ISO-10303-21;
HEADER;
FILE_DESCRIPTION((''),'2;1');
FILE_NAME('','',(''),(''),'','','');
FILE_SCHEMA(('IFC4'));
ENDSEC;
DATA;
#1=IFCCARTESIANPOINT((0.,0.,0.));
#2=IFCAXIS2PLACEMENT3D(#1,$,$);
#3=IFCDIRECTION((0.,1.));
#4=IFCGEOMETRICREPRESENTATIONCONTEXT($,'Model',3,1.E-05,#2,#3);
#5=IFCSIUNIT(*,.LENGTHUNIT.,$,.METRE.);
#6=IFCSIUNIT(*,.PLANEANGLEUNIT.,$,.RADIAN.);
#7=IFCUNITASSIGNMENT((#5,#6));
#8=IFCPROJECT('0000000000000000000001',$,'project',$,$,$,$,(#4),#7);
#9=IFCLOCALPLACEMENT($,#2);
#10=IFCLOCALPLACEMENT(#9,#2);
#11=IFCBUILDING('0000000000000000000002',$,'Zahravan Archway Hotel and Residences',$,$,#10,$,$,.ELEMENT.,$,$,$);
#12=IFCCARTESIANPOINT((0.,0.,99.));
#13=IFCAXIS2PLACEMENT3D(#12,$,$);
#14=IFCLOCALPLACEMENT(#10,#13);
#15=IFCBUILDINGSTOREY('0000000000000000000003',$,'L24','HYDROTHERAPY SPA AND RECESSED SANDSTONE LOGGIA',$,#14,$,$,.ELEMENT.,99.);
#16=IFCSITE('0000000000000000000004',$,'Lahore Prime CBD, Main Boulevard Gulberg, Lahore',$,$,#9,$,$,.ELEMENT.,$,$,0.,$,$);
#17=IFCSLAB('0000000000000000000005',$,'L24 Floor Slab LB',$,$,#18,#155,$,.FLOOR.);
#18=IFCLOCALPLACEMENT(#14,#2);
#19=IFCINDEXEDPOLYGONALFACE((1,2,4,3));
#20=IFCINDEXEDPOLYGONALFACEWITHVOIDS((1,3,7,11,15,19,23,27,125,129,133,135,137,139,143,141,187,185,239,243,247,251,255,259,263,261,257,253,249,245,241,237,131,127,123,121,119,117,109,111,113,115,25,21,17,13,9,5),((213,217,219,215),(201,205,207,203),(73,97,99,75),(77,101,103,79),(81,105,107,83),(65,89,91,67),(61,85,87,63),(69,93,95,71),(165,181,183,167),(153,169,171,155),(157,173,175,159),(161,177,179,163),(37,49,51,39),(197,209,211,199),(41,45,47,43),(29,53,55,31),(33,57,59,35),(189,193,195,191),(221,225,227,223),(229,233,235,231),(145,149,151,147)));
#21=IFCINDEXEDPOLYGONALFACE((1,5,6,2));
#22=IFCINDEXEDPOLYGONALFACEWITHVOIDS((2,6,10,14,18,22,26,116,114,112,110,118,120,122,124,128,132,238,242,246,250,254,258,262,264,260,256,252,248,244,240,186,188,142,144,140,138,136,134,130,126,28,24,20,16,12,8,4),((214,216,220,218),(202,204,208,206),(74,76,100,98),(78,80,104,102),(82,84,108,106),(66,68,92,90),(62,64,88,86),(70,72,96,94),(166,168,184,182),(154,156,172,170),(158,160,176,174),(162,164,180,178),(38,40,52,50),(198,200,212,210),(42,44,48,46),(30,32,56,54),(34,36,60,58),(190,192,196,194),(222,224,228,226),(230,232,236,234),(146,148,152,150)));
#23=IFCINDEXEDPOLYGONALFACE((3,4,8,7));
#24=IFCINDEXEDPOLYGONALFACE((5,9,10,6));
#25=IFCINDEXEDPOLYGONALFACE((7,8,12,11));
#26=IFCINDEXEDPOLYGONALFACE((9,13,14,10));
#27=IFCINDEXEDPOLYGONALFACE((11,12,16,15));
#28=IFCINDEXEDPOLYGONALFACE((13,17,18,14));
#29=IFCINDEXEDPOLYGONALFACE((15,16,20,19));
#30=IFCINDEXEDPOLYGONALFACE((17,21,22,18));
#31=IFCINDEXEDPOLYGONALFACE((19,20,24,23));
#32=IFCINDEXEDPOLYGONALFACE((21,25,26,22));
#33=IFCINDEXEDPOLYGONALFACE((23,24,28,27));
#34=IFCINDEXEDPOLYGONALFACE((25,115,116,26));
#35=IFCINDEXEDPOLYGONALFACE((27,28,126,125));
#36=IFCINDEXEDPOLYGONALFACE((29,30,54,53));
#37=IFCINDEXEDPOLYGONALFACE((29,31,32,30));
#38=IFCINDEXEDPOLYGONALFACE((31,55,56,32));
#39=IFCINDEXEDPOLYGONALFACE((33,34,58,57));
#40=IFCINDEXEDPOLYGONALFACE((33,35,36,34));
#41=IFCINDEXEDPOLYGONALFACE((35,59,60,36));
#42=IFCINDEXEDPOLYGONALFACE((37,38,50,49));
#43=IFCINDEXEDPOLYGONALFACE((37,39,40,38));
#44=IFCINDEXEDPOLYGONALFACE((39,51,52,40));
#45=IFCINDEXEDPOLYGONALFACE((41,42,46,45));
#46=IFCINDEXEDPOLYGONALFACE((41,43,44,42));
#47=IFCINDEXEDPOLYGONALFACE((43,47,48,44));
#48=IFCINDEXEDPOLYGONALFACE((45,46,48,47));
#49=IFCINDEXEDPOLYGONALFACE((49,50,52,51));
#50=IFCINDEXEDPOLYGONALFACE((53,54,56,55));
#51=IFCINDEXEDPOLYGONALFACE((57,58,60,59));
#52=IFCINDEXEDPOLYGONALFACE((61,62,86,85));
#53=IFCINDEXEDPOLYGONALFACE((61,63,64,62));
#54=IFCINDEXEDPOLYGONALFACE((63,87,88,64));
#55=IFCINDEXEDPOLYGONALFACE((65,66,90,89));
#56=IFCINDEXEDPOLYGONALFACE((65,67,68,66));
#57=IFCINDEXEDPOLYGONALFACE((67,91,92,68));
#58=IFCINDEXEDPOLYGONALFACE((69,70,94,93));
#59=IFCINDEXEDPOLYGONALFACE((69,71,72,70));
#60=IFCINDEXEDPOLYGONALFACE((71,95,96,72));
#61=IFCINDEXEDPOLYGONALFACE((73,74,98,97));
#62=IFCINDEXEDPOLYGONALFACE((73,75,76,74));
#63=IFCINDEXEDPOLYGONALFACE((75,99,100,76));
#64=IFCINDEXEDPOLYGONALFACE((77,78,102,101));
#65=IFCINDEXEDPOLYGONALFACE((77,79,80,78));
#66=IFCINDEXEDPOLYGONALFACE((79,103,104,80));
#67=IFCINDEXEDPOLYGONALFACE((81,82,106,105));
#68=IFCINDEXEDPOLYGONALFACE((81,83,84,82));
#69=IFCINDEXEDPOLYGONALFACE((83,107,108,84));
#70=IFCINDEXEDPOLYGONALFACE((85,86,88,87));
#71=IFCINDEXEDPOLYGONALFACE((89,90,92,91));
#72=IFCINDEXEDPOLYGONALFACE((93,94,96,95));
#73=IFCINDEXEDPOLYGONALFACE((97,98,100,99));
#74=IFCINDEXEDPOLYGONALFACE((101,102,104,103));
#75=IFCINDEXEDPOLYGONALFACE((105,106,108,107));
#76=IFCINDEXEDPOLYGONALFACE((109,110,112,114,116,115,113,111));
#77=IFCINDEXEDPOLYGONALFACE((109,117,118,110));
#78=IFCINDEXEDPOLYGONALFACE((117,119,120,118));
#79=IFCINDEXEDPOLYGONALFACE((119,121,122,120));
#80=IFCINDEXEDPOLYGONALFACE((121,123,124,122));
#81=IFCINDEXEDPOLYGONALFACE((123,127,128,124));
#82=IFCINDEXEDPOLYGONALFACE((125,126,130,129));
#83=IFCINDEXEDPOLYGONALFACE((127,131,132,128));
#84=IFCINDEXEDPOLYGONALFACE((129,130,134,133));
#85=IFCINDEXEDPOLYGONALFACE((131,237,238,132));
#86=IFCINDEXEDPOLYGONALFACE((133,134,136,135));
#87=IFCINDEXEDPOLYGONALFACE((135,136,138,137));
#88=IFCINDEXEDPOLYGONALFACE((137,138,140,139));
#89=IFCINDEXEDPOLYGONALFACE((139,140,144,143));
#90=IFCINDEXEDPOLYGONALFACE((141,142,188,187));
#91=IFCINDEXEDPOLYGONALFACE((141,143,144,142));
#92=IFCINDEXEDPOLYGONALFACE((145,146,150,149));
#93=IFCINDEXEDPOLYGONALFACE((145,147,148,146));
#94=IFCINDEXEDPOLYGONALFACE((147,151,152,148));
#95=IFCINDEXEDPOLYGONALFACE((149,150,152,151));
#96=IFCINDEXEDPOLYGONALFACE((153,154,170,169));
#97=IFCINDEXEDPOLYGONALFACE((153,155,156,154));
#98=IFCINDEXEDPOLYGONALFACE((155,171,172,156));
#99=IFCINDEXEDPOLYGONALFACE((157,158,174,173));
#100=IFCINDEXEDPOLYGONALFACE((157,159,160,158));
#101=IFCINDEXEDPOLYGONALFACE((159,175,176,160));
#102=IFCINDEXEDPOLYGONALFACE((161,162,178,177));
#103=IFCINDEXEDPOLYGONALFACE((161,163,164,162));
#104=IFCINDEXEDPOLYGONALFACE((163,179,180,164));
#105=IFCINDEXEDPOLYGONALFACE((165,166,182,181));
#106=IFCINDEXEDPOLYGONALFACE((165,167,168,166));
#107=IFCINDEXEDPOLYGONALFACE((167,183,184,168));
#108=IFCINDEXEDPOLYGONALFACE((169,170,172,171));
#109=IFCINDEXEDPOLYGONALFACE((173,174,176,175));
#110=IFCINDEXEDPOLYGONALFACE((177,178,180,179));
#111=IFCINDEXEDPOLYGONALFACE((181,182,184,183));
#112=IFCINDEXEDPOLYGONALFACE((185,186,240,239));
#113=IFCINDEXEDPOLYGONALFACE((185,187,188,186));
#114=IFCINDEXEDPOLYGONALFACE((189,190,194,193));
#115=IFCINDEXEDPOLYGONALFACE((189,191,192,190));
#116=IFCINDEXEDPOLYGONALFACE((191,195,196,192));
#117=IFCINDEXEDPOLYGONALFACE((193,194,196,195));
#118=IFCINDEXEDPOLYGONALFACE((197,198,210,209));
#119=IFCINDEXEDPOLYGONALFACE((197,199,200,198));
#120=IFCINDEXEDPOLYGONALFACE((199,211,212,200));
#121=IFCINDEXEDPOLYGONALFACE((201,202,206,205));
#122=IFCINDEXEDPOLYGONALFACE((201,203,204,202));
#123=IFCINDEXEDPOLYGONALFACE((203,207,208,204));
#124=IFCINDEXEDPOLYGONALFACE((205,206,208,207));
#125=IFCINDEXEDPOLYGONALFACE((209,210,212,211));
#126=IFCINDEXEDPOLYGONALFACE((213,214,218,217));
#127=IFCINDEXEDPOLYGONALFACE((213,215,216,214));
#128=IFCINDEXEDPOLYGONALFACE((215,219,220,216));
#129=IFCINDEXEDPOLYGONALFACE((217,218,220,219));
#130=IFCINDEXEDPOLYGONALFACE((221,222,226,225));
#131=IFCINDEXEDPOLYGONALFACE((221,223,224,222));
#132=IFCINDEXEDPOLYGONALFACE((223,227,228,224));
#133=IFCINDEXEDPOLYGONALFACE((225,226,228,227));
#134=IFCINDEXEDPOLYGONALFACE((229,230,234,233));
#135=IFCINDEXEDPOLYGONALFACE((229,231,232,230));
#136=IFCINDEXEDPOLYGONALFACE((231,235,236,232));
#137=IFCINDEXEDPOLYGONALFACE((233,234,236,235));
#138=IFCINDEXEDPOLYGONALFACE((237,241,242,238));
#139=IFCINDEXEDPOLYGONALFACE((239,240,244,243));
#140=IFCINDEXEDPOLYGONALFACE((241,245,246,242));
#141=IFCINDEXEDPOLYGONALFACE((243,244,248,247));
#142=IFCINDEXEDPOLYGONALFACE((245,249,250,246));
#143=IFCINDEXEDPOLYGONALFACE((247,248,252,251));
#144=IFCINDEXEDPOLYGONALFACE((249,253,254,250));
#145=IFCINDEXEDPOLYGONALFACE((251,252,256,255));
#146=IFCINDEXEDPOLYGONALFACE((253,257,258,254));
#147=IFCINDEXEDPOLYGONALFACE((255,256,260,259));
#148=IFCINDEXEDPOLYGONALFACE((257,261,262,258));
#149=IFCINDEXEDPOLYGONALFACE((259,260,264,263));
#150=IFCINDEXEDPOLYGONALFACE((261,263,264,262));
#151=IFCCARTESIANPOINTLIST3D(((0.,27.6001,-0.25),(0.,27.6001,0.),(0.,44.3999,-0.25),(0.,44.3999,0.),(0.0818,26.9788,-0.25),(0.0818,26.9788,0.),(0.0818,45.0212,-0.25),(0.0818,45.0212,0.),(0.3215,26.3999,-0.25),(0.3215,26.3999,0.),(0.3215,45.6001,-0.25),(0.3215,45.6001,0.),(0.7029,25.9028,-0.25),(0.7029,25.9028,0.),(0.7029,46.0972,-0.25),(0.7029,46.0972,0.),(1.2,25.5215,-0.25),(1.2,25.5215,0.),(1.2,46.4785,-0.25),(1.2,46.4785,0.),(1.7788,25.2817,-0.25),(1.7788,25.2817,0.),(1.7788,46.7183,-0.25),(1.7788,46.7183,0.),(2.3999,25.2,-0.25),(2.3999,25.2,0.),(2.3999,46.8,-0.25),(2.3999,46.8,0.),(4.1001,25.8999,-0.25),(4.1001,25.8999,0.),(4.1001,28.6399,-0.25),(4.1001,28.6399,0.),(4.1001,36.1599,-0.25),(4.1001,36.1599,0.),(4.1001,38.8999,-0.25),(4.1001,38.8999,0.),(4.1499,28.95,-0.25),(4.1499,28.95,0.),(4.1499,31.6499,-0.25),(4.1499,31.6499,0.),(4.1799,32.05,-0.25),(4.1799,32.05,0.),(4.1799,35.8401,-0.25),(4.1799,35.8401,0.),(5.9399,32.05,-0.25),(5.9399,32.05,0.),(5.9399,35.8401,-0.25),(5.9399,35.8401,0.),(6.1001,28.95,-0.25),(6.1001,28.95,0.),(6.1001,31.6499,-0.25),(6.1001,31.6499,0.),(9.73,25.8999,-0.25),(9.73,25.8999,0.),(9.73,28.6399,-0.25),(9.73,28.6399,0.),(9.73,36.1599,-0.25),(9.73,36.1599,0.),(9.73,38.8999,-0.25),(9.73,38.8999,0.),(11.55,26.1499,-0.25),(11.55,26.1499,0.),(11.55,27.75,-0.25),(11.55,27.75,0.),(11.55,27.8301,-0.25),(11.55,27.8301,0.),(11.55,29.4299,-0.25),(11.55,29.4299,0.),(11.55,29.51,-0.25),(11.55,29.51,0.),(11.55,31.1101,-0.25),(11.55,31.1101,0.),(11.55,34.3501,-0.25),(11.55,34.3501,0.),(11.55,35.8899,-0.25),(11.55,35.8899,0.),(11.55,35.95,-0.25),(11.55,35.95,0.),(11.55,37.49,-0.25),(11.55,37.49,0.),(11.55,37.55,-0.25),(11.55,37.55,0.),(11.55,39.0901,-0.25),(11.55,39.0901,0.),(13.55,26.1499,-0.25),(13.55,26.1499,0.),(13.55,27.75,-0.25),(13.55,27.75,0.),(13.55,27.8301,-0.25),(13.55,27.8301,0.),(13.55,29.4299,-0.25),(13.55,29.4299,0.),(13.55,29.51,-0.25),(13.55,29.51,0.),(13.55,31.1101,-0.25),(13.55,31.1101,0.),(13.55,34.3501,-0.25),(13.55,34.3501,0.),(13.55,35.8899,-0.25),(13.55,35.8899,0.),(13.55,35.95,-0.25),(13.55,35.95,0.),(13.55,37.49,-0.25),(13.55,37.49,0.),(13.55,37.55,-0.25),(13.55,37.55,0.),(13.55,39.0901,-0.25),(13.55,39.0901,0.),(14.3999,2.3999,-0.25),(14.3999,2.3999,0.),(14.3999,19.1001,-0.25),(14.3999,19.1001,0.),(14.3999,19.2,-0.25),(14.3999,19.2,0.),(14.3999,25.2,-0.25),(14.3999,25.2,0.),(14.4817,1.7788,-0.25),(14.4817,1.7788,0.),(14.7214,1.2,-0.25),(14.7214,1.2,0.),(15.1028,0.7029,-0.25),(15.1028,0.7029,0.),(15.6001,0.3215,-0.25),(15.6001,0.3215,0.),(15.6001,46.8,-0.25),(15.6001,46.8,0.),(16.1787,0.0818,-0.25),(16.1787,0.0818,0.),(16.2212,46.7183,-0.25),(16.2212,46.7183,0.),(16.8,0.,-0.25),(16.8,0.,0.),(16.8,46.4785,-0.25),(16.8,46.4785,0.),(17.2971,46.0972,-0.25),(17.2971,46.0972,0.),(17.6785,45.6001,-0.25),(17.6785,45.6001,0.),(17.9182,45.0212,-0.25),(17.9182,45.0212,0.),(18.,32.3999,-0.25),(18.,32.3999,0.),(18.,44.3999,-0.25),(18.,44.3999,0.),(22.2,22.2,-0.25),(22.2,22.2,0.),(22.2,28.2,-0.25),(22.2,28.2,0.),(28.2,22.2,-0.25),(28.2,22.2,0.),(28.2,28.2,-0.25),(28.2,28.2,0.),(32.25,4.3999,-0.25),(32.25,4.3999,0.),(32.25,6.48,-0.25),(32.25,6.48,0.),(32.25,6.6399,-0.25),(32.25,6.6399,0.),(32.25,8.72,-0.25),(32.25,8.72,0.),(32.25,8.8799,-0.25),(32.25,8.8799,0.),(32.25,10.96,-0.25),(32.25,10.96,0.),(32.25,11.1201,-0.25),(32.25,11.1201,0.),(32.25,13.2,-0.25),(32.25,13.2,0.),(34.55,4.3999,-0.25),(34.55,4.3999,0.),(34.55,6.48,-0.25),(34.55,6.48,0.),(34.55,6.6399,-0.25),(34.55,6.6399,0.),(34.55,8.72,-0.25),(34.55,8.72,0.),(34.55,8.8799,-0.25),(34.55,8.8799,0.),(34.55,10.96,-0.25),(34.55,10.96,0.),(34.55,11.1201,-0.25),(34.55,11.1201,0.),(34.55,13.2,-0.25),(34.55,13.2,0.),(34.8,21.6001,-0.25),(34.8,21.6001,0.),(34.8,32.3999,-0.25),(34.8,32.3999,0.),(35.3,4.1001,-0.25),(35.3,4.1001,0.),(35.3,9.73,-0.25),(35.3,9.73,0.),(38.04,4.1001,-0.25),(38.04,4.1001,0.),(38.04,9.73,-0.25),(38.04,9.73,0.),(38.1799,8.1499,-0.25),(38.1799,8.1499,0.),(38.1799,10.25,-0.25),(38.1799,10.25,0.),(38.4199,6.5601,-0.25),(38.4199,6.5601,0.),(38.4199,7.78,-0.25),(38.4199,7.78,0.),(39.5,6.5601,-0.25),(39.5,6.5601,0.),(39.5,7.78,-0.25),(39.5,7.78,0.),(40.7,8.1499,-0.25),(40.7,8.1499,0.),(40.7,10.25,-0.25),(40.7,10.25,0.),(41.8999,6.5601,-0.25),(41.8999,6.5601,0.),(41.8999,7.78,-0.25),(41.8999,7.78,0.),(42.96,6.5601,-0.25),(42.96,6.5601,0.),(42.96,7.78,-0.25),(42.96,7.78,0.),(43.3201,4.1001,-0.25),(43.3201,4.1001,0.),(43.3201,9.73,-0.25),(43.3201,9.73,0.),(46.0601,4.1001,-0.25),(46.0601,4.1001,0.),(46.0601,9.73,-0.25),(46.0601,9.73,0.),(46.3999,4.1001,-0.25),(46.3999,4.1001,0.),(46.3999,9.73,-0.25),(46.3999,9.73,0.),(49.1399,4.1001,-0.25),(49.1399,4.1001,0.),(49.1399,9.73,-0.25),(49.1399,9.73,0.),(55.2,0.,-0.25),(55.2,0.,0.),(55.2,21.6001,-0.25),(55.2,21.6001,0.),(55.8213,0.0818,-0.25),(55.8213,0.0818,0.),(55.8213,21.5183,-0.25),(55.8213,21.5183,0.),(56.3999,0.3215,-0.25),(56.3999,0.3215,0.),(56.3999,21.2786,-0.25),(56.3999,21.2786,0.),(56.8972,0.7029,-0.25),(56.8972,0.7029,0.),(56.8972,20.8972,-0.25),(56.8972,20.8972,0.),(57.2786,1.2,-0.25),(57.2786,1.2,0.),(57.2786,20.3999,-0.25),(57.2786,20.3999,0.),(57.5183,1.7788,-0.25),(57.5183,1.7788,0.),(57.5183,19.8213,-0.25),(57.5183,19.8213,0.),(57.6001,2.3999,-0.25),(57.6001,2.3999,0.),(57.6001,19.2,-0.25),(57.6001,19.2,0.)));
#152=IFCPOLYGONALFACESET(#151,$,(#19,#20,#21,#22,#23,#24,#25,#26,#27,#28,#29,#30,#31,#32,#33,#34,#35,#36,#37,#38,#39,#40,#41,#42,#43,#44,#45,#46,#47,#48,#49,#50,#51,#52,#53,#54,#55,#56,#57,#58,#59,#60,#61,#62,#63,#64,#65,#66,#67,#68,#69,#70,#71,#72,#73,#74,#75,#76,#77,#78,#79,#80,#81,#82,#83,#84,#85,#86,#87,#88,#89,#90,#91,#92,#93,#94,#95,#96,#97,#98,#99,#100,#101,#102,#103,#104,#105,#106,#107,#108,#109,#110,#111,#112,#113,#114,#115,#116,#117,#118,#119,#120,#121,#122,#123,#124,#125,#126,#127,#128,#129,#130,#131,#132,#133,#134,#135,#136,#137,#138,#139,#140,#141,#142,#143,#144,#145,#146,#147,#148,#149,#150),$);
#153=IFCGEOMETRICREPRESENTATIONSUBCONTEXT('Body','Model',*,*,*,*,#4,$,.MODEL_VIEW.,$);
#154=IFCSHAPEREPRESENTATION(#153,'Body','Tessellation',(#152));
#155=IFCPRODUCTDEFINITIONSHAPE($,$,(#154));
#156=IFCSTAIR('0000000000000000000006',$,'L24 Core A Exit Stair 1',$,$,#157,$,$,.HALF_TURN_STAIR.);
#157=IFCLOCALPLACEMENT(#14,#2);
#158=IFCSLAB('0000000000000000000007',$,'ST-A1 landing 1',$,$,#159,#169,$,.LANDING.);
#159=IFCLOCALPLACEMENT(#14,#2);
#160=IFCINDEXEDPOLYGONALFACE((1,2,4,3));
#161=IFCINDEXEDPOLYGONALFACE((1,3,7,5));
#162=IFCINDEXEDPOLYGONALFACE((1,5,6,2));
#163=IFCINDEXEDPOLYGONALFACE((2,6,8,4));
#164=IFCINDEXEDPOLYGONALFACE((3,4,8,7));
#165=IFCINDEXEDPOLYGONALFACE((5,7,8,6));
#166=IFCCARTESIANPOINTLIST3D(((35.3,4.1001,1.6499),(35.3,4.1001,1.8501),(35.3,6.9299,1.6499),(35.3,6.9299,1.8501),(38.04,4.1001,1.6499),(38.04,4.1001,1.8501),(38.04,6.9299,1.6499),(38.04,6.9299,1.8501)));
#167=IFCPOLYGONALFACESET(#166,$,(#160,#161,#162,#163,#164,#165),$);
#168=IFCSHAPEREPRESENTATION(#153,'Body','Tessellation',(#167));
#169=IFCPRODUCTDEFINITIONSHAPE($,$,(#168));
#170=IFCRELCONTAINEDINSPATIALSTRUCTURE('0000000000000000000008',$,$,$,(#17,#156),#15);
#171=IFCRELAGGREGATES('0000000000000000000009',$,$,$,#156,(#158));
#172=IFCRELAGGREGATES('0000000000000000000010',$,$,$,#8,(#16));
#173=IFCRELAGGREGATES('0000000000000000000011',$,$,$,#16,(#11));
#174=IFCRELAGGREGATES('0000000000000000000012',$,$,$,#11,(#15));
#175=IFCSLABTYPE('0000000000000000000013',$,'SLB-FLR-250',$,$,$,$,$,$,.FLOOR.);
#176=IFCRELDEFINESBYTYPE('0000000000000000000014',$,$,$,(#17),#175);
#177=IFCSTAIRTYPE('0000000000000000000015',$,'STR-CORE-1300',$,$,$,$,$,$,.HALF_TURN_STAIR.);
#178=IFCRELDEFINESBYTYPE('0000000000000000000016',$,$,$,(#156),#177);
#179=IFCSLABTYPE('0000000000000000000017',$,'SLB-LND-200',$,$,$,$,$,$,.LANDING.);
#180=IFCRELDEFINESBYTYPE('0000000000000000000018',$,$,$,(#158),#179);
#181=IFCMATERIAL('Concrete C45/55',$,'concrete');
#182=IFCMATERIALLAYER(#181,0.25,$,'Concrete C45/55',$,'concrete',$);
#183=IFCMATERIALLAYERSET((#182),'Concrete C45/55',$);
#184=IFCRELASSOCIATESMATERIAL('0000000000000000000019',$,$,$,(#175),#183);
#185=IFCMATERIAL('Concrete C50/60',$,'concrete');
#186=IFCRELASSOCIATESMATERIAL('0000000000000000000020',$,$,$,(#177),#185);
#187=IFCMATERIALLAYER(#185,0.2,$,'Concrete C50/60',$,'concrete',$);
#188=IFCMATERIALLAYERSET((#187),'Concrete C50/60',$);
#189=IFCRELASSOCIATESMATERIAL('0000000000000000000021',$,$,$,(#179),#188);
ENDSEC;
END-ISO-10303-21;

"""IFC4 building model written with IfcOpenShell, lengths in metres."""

from ifc_helpers import new_model, si_unit, direction, frame, origin, place, context, subcontext, project, spatial, polyline, outline, extrude, material, layer, layer_set, type_object, element, aggregate, save


model = new_model("IFC4")

# Units and contexts
model_context = context("Model", 3, precision=1e-05, world=origin(), true_north=direction((0.0, 1.0)))
body_context = subcontext(model_context, "Body", "Model", "MODEL_VIEW")
ifc_project = project(units=[si_unit("LENGTHUNIT", "METRE"), si_unit("PLANEANGLEUNIT", "RADIAN")], contexts=[model_context])

# Site, building, storey
site_placement = place(None, origin())
site = spatial("IfcSite", under=ifc_project, at=site_placement, Name="Lahore Prime CBD, Main Boulevard Gulberg, Lahore", CompositionType="ELEMENT", RefElevation=0.0)
building_placement = place(site_placement, origin())
building = spatial("IfcBuilding", under=site, at=building_placement, Name="Zahravan Archway Hotel and Residences", CompositionType="ELEMENT")
storey_placement = place(building_placement, frame((0.0, 0.0, 99.0)))
storey = spatial("IfcBuildingStorey", under=building, at=storey_placement, Name="L24", Description="HYDROTHERAPY SPA AND RECESSED SANDSTONE LOGGIA", CompositionType="ELEMENT", Elevation=99.0)

# Slab
ifc_material_1 = material(Name="Concrete C45/55", Category="concrete")
ifc_layer_1 = layer(ifc_material_1, 0.25, Name="Concrete C45/55", Category="concrete")
ifc_layer_set_1 = layer_set([ifc_layer_1], Name="Concrete C45/55")
slab_type_1 = type_object("IfcSlabType", Name="SLB-FLR-250", PredefinedType="FLOOR", material=ifc_layer_set_1)
slab_1_placement = place(storey_placement, frame((0.0, 0.0, -0.25)))
element("IfcSlab", 1, at=slab_1_placement, inside=storey, type_object=slab_type_1, Name="L24 Floor Slab LB", PredefinedType="FLOOR", context=body_context, shape_type="SweptSolid", body=[
    extrude(outline(polyline([(34.8, 21.6001), (34.8, 32.3999), (18.0, 32.3999), (18.0, 44.3999), (17.9182, 45.0212), (17.6785, 45.6001), (17.2971, 46.0972), (16.8, 46.4785), (16.2212, 46.7183), (15.6001, 46.8), (2.3999, 46.8), (1.7788, 46.7183), (1.2, 46.4785), (0.7029, 46.0972), (0.3215, 45.6001), (0.0818, 45.0212), (0.0, 44.3999), (0.0, 27.6001), (0.0818, 26.9788), (0.3215, 26.3999), (0.7029, 25.9028), (1.2, 25.5215), (1.7788, 25.2817), (2.3999, 25.2), (14.3999, 25.2), (14.3999, 19.2), (14.3999, 19.1001), (14.3999, 2.3999), (14.4817, 1.7788), (14.7214, 1.2), (15.1028, 0.7029), (15.6001, 0.3215), (16.1787, 0.0818), (16.8, 0.0), (55.2, 0.0), (55.8213, 0.0818), (56.3999, 0.3215), (56.8972, 0.7029), (57.2786, 1.2), (57.5183, 1.7788), (57.6001, 2.3999), (57.6001, 19.2), (57.5183, 19.8213), (57.2786, 20.3999), (56.8972, 20.8972), (56.3999, 21.2786), (55.8213, 21.5183), (55.2, 21.6001), (34.8, 21.6001)]), holes=[polyline([(35.3, 9.73), (35.3, 4.1001), (38.04, 4.1001), (38.04, 9.73), (35.3, 9.73)]), polyline([(43.3201, 9.73), (43.3201, 4.1001), (46.0601, 4.1001), (46.0601, 9.73), (43.3201, 9.73)]), polyline([(46.3999, 9.73), (46.3999, 4.1001), (49.1399, 4.1001), (49.1399, 9.73), (46.3999, 9.73)]), polyline([(9.73, 28.6399), (4.1001, 28.6399), (4.1001, 25.8999), (9.73, 25.8999), (9.73, 28.6399)]), polyline([(9.73, 38.8999), (4.1001, 38.8999), (4.1001, 36.1599), (9.73, 36.1599), (9.73, 38.8999)]), polyline([(38.1799, 8.1499), (40.7, 8.1499), (40.7, 10.25), (38.1799, 10.25), (38.1799, 8.1499)]), polyline([(4.1499, 28.95), (6.1001, 28.95), (6.1001, 31.6499), (4.1499, 31.6499), (4.1499, 28.95)]), polyline([(11.55, 26.1499), (13.55, 26.1499), (13.55, 27.75), (11.55, 27.75), (11.55, 26.1499)]), polyline([(11.55, 27.8301), (13.55, 27.8301), (13.55, 29.4299), (11.55, 29.4299), (11.55, 27.8301)]), polyline([(11.55, 29.51), (13.55, 29.51), (13.55, 31.1101), (11.55, 31.1101), (11.55, 29.51)]), polyline([(11.55, 34.3501), (13.55, 34.3501), (13.55, 35.8899), (11.55, 35.8899), (11.55, 34.3501)]), polyline([(11.55, 35.95), (13.55, 35.95), (13.55, 37.49), (11.55, 37.49), (11.55, 35.95)]), polyline([(11.55, 37.55), (13.55, 37.55), (13.55, 39.0901), (11.55, 39.0901), (11.55, 37.55)]), polyline([(32.25, 4.3999), (34.55, 4.3999), (34.55, 6.48), (32.25, 6.48), (32.25, 4.3999)]), polyline([(32.25, 6.6399), (34.55, 6.6399), (34.55, 8.72), (32.25, 8.72), (32.25, 6.6399)]), polyline([(32.25, 8.8799), (34.55, 8.8799), (34.55, 10.96), (32.25, 10.96), (32.25, 8.8799)]), polyline([(32.25, 11.1201), (34.55, 11.1201), (34.55, 13.2), (32.25, 13.2), (32.25, 11.1201)]), polyline([(22.2, 22.2), (28.2, 22.2), (28.2, 28.2), (22.2, 28.2), (22.2, 22.2)]), polyline([(38.4199, 6.5601), (39.5, 6.5601), (39.5, 7.78), (38.4199, 7.78), (38.4199, 6.5601)]), polyline([(41.8999, 6.5601), (42.96, 6.5601), (42.96, 7.78), (41.8999, 7.78), (41.8999, 6.5601)]), polyline([(4.1799, 32.05), (5.9399, 32.05), (5.9399, 35.8401), (4.1799, 35.8401), (4.1799, 32.05)])]), origin(), (0.0, 0.0, 1.0), 0.25),
])

# Stair, slab
ifc_material_2 = material(Name="Concrete C50/60", Category="concrete")
stair_type = type_object("IfcStairType", Name="STR-CORE-1300", PredefinedType="HALF_TURN_STAIR", material=ifc_material_2)
stair_1_placement = place(storey_placement, origin())
stair_1 = element("IfcStair", 2, at=stair_1_placement, inside=storey, type_object=stair_type, Name="L24 Core A Exit Stair 1", PredefinedType="HALF_TURN_STAIR")
ifc_layer_2 = layer(ifc_material_2, 0.2, Name="Concrete C50/60", Category="concrete")
ifc_layer_set_2 = layer_set([ifc_layer_2], Name="Concrete C50/60")
slab_type_2 = type_object("IfcSlabType", Name="SLB-LND-200", PredefinedType="LANDING", material=ifc_layer_set_2)
slab_2_placement = place(storey_placement, frame((0.0, 0.0, 1.6499)))
slab_2 = element("IfcSlab", 3, at=slab_2_placement, type_object=slab_type_2, Name="ST-A1 landing 1", PredefinedType="LANDING", context=body_context, shape_type="SweptSolid", body=[
    extrude(outline(polyline([(35.3, 6.9299), (35.3, 4.1001), (38.04, 4.1001), (38.04, 6.9299), (35.3, 6.9299)])), origin(), (0.0, 0.0, 1.0), 0.2002),
])
aggregate(stair_1, [slab_2])

save(model, "model.ifc")
